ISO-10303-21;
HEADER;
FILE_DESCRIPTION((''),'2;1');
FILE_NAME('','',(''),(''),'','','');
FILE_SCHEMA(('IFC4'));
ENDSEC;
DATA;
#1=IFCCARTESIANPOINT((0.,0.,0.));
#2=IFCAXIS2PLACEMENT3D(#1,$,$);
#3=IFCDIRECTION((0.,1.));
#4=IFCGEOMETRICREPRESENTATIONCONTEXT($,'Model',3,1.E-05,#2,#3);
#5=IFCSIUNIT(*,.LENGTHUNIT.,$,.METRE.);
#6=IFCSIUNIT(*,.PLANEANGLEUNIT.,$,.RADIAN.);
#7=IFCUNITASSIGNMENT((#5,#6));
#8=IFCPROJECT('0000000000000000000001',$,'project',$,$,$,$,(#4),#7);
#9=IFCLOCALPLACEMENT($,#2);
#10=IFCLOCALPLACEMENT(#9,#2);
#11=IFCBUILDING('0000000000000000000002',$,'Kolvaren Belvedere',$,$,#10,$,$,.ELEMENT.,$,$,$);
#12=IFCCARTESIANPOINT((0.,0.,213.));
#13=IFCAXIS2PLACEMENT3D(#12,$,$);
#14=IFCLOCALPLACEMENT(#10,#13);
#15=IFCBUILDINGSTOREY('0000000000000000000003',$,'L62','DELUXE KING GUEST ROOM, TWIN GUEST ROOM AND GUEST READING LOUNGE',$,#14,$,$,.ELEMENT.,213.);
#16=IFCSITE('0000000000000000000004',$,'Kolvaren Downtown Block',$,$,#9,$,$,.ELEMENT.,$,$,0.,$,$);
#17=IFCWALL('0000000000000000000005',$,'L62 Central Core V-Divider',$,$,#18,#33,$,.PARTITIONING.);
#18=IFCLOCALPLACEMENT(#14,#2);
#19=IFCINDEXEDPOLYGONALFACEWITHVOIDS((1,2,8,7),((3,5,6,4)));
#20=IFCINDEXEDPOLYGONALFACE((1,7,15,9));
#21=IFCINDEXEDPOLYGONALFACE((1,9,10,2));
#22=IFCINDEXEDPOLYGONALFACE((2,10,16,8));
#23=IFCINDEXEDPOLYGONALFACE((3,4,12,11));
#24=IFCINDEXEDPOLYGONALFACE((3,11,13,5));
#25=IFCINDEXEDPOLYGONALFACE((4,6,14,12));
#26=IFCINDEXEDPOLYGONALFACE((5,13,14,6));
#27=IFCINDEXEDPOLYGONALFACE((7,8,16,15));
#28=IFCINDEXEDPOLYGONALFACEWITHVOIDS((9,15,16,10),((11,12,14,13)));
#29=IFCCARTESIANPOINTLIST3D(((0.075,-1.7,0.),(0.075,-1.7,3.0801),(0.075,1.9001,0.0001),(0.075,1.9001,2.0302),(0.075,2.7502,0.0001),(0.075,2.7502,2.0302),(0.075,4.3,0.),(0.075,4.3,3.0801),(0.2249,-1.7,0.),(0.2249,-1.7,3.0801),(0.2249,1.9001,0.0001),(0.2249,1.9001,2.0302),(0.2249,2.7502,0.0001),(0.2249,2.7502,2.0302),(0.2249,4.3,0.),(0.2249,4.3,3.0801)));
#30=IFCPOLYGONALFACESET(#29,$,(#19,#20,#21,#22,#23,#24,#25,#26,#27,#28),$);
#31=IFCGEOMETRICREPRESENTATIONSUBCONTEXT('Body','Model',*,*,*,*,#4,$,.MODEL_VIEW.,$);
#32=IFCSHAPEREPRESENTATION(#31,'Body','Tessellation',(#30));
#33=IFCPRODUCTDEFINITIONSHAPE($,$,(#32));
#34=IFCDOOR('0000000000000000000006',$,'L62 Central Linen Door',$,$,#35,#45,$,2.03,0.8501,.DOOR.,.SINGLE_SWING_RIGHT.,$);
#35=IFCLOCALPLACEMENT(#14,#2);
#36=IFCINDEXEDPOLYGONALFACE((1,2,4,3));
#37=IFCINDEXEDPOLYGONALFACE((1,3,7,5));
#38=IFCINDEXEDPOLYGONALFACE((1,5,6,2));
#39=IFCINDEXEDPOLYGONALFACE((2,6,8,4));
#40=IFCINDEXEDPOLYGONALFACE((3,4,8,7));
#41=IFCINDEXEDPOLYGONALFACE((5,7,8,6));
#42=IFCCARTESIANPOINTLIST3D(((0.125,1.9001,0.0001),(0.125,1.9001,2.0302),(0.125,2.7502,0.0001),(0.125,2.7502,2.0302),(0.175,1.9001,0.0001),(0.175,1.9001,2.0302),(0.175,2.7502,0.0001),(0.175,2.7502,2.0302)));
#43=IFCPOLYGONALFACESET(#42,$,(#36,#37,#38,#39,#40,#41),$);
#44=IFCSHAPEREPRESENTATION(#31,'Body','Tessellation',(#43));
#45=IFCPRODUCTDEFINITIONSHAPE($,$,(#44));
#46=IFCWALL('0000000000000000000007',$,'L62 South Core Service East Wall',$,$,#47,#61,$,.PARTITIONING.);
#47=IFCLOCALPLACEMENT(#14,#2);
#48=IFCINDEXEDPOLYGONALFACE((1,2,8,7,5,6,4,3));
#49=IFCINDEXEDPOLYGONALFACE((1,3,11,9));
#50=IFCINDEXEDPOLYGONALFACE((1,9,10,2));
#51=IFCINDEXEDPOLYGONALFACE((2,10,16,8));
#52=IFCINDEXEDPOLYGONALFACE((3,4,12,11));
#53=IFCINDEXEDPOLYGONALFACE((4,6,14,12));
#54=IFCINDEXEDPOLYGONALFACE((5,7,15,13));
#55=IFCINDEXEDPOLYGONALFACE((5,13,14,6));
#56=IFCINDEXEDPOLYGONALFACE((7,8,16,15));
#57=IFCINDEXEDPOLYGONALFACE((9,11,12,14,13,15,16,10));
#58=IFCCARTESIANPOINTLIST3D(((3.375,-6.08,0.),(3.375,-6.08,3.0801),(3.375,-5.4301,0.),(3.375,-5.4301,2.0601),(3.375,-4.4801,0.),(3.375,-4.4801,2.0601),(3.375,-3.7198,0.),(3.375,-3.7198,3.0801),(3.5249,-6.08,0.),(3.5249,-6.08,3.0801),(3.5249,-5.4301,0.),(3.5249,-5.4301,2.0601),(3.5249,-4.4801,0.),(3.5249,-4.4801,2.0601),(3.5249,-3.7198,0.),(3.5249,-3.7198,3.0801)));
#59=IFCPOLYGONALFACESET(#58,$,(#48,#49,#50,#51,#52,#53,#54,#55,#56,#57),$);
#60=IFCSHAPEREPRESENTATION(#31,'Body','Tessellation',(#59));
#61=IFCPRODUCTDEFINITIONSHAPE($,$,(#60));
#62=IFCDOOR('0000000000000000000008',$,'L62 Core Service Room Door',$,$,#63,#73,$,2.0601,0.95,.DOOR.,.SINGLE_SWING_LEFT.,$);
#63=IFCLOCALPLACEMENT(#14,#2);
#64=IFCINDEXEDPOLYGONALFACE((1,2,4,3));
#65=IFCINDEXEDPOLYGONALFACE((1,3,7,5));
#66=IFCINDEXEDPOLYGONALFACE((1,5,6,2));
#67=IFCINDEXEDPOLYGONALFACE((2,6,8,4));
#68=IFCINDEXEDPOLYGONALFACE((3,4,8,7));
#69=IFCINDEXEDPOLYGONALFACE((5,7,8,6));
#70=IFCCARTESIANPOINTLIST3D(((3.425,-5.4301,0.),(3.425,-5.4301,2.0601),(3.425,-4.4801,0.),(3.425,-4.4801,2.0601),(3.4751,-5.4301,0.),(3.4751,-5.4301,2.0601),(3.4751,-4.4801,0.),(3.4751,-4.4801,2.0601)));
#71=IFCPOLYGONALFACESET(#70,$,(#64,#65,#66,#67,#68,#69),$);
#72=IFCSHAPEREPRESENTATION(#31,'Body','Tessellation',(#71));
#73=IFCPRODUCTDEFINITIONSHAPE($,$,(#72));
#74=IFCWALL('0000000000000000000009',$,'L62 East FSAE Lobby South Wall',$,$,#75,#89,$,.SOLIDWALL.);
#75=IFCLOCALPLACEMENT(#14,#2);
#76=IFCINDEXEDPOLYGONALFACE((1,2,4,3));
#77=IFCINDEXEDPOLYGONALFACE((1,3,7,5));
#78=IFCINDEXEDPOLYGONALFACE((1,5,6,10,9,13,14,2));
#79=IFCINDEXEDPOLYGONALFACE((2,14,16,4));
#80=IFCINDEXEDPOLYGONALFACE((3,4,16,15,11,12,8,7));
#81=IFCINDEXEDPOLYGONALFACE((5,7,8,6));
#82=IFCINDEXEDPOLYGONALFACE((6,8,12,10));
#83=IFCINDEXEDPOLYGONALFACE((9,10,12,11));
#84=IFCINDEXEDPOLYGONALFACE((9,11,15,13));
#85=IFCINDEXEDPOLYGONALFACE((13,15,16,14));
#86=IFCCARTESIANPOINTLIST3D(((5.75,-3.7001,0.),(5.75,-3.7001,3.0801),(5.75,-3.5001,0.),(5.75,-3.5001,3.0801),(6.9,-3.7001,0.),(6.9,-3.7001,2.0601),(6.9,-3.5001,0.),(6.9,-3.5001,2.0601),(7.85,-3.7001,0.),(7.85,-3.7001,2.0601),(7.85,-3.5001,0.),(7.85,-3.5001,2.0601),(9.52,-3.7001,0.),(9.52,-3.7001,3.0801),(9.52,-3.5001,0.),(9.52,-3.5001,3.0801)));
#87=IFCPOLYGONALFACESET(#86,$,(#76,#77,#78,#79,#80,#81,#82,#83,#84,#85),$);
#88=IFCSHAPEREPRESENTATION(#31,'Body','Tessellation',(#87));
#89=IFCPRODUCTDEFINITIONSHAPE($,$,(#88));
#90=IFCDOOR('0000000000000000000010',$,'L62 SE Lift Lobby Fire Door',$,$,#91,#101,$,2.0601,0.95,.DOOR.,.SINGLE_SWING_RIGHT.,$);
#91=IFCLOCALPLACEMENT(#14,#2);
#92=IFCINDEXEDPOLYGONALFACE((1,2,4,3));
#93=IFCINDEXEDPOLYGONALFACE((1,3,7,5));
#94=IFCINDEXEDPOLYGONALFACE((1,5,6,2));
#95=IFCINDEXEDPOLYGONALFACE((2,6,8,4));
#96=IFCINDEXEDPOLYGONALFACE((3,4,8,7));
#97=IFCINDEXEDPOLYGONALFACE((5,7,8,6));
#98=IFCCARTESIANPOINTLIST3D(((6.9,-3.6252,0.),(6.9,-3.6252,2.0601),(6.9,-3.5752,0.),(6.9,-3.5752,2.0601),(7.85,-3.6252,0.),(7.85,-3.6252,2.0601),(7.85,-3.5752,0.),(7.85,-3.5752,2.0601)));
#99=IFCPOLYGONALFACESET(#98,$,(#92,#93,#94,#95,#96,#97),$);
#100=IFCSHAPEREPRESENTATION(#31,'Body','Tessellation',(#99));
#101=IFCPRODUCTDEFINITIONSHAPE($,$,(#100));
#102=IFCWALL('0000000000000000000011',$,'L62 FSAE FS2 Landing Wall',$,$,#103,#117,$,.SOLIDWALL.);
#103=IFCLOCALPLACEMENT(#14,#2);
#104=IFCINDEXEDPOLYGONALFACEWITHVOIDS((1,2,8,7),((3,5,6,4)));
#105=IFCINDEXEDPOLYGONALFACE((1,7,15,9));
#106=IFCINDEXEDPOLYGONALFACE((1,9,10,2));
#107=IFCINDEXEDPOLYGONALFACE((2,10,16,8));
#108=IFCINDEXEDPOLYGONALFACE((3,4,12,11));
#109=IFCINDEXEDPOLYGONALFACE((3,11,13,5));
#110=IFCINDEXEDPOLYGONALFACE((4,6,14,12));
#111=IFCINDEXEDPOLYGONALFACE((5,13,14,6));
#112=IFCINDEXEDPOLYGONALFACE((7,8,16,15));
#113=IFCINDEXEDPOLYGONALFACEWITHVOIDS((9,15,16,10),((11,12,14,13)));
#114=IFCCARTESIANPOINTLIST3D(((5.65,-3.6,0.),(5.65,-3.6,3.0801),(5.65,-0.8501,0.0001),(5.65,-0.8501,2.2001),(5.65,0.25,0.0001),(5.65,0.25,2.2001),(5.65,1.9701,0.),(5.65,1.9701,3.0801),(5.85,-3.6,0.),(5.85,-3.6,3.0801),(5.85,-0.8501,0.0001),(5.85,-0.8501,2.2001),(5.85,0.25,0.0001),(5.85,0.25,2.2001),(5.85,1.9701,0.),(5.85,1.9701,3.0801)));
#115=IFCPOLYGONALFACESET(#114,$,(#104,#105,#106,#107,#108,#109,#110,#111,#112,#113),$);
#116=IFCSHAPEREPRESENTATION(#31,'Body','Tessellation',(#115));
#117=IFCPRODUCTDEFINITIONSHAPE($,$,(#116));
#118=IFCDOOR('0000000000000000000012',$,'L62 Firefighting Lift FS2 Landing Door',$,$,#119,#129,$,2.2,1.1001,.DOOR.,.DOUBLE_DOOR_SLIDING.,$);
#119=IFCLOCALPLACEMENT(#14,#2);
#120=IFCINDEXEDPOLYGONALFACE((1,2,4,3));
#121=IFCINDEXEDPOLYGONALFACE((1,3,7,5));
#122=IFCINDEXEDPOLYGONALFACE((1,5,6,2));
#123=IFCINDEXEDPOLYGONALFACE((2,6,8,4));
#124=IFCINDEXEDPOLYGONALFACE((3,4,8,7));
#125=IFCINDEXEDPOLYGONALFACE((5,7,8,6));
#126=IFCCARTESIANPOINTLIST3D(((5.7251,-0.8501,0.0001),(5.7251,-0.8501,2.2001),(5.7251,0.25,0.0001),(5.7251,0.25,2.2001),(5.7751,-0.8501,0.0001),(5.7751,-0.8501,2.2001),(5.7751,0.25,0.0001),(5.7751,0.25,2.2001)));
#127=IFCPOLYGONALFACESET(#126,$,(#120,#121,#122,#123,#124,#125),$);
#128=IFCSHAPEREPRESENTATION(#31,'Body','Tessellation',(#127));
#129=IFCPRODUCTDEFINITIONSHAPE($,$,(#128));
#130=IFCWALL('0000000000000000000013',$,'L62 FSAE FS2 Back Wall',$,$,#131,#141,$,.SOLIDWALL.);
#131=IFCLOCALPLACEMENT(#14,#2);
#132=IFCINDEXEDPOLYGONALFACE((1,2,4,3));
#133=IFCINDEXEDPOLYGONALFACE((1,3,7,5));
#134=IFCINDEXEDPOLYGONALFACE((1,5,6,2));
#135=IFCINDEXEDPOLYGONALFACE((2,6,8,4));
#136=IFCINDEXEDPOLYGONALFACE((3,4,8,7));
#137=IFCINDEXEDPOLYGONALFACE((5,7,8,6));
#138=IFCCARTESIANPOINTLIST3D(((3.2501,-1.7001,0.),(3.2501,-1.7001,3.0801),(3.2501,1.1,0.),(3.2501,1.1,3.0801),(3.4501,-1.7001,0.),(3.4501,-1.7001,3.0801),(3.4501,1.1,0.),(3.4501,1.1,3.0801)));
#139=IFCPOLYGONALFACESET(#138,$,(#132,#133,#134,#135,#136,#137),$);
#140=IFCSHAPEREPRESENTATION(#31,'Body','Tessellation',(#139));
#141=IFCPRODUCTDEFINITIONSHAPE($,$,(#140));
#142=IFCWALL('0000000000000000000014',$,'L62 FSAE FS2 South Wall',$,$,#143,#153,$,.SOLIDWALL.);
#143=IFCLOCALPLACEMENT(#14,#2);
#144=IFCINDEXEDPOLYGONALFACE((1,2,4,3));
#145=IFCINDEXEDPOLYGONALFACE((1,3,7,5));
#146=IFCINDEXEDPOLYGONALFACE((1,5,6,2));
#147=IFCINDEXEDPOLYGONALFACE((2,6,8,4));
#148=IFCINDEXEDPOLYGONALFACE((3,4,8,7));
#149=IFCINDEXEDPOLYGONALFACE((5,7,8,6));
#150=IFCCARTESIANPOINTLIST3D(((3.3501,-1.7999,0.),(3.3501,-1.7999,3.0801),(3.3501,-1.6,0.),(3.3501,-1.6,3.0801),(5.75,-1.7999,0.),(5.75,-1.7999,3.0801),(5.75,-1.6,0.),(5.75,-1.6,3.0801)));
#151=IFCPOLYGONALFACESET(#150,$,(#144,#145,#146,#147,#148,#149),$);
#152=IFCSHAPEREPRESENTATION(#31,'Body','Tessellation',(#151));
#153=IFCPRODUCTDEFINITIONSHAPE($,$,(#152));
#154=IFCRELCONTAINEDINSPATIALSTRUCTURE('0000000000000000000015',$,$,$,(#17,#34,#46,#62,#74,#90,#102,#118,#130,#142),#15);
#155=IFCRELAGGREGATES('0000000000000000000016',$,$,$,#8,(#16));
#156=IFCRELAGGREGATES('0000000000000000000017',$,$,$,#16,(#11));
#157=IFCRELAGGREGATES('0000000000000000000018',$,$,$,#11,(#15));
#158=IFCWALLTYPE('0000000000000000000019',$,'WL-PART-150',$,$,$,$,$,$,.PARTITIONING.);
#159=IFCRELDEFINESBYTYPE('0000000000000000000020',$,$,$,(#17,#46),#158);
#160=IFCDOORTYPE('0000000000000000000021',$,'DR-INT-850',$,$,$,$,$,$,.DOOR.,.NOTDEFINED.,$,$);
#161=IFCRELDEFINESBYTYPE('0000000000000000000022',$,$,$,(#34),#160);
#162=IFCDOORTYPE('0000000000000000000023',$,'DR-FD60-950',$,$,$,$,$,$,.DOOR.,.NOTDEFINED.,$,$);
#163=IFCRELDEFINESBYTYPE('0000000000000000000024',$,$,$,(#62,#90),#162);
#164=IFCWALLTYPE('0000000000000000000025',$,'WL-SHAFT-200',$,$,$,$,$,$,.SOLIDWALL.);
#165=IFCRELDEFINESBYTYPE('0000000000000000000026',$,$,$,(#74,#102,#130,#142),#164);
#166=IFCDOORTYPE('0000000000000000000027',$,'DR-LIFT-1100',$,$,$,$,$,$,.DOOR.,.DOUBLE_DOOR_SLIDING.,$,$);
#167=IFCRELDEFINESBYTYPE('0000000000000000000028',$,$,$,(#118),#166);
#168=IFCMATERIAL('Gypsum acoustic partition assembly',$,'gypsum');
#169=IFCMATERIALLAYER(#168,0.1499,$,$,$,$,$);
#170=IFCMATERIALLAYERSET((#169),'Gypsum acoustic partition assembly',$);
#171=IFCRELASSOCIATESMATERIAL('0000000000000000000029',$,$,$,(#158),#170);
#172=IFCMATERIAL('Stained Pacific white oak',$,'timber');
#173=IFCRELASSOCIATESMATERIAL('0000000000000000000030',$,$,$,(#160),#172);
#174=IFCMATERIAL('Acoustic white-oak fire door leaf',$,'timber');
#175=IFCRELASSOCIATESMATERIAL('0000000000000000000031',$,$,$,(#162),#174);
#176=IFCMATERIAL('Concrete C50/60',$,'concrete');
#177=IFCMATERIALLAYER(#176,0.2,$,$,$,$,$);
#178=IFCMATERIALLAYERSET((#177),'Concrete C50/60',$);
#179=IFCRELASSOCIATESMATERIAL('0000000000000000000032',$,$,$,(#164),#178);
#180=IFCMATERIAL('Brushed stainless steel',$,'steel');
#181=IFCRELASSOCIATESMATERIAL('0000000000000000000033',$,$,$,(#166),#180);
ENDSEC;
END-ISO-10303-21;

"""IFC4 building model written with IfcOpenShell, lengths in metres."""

from ifc_helpers import new_model, si_unit, direction, frame, frame_2d, origin, place, context, subcontext, project, spatial, rectangle, extrude, material, layer, layer_set, type_object, element, fill, save


model = new_model("IFC4")

# Units and contexts
model_context = context("Model", 3, precision=1e-05, world=origin(), true_north=direction((0.0, 1.0)))
body_context = subcontext(model_context, "Body", "Model", "MODEL_VIEW")
ifc_project = project(units=[si_unit("LENGTHUNIT", "METRE"), si_unit("PLANEANGLEUNIT", "RADIAN")], contexts=[model_context])

# Site, building, storey
site_placement = place(None, origin())
site = spatial("IfcSite", under=ifc_project, at=site_placement, Name="Kolvaren Downtown Block", CompositionType="ELEMENT", RefElevation=0.0)
building_placement = place(site_placement, origin())
building = spatial("IfcBuilding", under=site, at=building_placement, Name="Kolvaren Belvedere", CompositionType="ELEMENT")
storey_placement = place(building_placement, frame((0.0, 0.0, 213.0)))
storey = spatial("IfcBuildingStorey", under=building, at=storey_placement, Name="L62", Description="DELUXE KING GUEST ROOM, TWIN GUEST ROOM AND GUEST READING LOUNGE", CompositionType="ELEMENT", Elevation=213.0)

# Walls, openings, doors
ifc_material_1 = material(Name="Gypsum acoustic partition assembly", Category="gypsum")
ifc_layer_1 = layer(ifc_material_1, 0.1499)
ifc_layer_set_1 = layer_set([ifc_layer_1], Name="Gypsum acoustic partition assembly")
wall_type_1 = type_object("IfcWallType", Name="WL-PART-150", PredefinedType="PARTITIONING", material=ifc_layer_set_1)
wall_1_placement = place(storey_placement, frame((0.1499, -1.7, 0.0), z_axis=(0.0, 0.0, 1.0), x_axis=(0.0, 1.0, 0.0)))
wall_1 = element("IfcWall", 1, at=wall_1_placement, inside=storey, type_object=wall_type_1, Name="L62 Central Core V-Divider", PredefinedType="PARTITIONING", context=body_context, shape_type="SweptSolid", body=[
    extrude(rectangle(XDim=6.0, YDim=0.1499, at=frame_2d((3.0, 0.0))), origin(), (0.0, 0.0, 1.0), 3.0801),
])
opening_1_placement = place(wall_1_placement, frame((3.6001, 0.0, 0.0)))
opening_1 = element("IfcOpeningElement", 2, at=opening_1_placement, cuts=wall_1, PredefinedType="OPENING", context=body_context, shape_type="SweptSolid", body=[
    extrude(rectangle(XDim=0.8501, YDim=2.03, at=frame_2d((0.425, 1.0151))), frame((0.0, 0.085, 0.0), z_axis=(0.0, -1.0, 0.0), x_axis=(1.0, 0.0, 0.0)), (0.0, 0.0, 1.0), 0.1699),
])
ifc_material_2 = material(Name="Stained Pacific white oak", Category="timber")
door_type_1 = type_object("IfcDoorType", Name="DR-INT-850", OperationType="NOTDEFINED", PredefinedType="DOOR", material=ifc_material_2)
door_1_placement = place(opening_1_placement, origin())
door_1 = element("IfcDoor", 3, at=door_1_placement, inside=storey, type_object=door_type_1, Name="L62 Central Linen Door", OperationType="SINGLE_SWING_RIGHT", OverallHeight=2.03, OverallWidth=0.8501, PredefinedType="DOOR", context=body_context, shape_type="SweptSolid", body=[
    extrude(rectangle(XDim=0.8501, YDim=2.03, at=frame_2d((0.425, 1.0151))), frame((0.0, 0.0249, 0.0), z_axis=(0.0, -1.0, 0.0), x_axis=(1.0, 0.0, 0.0)), (0.0, 0.0, 1.0), 0.05),
])
fill(opening_1, door_1)
wall_2_placement = place(storey_placement, frame((3.45, -6.0801, 0.0), z_axis=(0.0, 0.0, 1.0), x_axis=(0.0, 1.0, 0.0)))
wall_2 = element("IfcWall", 4, at=wall_2_placement, inside=storey, type_object=wall_type_1, Name="L62 South Core Service East Wall", PredefinedType="PARTITIONING", context=body_context, shape_type="SweptSolid", body=[
    extrude(rectangle(XDim=2.3601, YDim=0.1499, at=frame_2d((1.1802, 0.0))), origin(), (0.0, 0.0, 1.0), 3.0801),
])
opening_2_placement = place(wall_2_placement, frame((0.6499, 0.0, 0.0)))
opening_2 = element("IfcOpeningElement", 5, at=opening_2_placement, cuts=wall_2, PredefinedType="OPENING", context=body_context, shape_type="SweptSolid", body=[
    extrude(rectangle(XDim=0.95, YDim=2.0601, at=frame_2d((0.4751, 1.03))), frame((0.0, 0.085, 0.0), z_axis=(0.0, -1.0, 0.0), x_axis=(1.0, 0.0, 0.0)), (0.0, 0.0, 1.0), 0.1699),
])
ifc_material_3 = material(Name="Acoustic white-oak fire door leaf", Category="timber")
door_type_2 = type_object("IfcDoorType", Name="DR-FD60-950", OperationType="NOTDEFINED", PredefinedType="DOOR", material=ifc_material_3)
door_2_placement = place(opening_2_placement, origin())
door_2 = element("IfcDoor", 6, at=door_2_placement, inside=storey, type_object=door_type_2, Name="L62 Core Service Room Door", OperationType="SINGLE_SWING_LEFT", OverallHeight=2.0601, OverallWidth=0.95, PredefinedType="DOOR", context=body_context, shape_type="SweptSolid", body=[
    extrude(rectangle(XDim=0.95, YDim=2.0601, at=frame_2d((0.4751, 1.03))), frame((0.0, 0.0249, 0.0), z_axis=(0.0, -1.0, 0.0), x_axis=(1.0, 0.0, 0.0)), (0.0, 0.0, 1.0), 0.05),
])
fill(opening_2, door_2)
ifc_material_4 = material(Name="Concrete C50/60", Category="concrete")
ifc_layer_2 = layer(ifc_material_4, 0.2)
ifc_layer_set_2 = layer_set([ifc_layer_2], Name="Concrete C50/60")
wall_type_2 = type_object("IfcWallType", Name="WL-SHAFT-200", PredefinedType="SOLIDWALL", material=ifc_layer_set_2)
wall_3_placement = place(storey_placement, frame((5.75, -3.6001, 0.0), z_axis=(0.0, 0.0, 1.0), x_axis=(1.0, 0.0, 0.0)))
wall_3 = element("IfcWall", 7, at=wall_3_placement, inside=storey, type_object=wall_type_2, Name="L62 East FSAE Lobby South Wall", PredefinedType="SOLIDWALL", context=body_context, shape_type="SweptSolid", body=[
    extrude(rectangle(XDim=3.77, YDim=0.2, at=frame_2d((1.885, 0.0))), origin(), (0.0, 0.0, 1.0), 3.0801),
])
opening_3_placement = place(wall_3_placement, frame((1.1499, 0.0, 0.0)))
opening_3 = element("IfcOpeningElement", 8, at=opening_3_placement, cuts=wall_3, PredefinedType="OPENING", context=body_context, shape_type="SweptSolid", body=[
    extrude(rectangle(XDim=0.95, YDim=2.0601, at=frame_2d((0.4751, 1.03))), frame((0.0, 0.1099, 0.0), z_axis=(0.0, -1.0, 0.0), x_axis=(1.0, 0.0, 0.0)), (0.0, 0.0, 1.0), 0.22),
])
door_3_placement = place(opening_3_placement, origin())
door_3 = element("IfcDoor", 9, at=door_3_placement, inside=storey, type_object=door_type_2, Name="L62 SE Lift Lobby Fire Door", OperationType="SINGLE_SWING_RIGHT", OverallHeight=2.0601, OverallWidth=0.95, PredefinedType="DOOR", context=body_context, shape_type="SweptSolid", body=[
    extrude(rectangle(XDim=0.95, YDim=2.0601, at=frame_2d((0.4751, 1.03))), frame((0.0, 0.0249, 0.0), z_axis=(0.0, -1.0, 0.0), x_axis=(1.0, 0.0, 0.0)), (0.0, 0.0, 1.0), 0.05),
])
fill(opening_3, door_3)
wall_4_placement = place(storey_placement, frame((5.75, -3.6001, 0.0), z_axis=(0.0, 0.0, 1.0), x_axis=(0.0, 1.0, 0.0)))
wall_4 = element("IfcWall", 10, at=wall_4_placement, inside=storey, type_object=wall_type_2, Name="L62 FSAE FS2 Landing Wall", PredefinedType="SOLIDWALL", context=body_context, shape_type="SweptSolid", body=[
    extrude(rectangle(XDim=5.5701, YDim=0.2, at=frame_2d((2.7852, 0.0))), origin(), (0.0, 0.0, 1.0), 3.0801),
])
opening_4_placement = place(wall_4_placement, frame((2.75, 0.0, 0.0)))
opening_4 = element("IfcOpeningElement", 11, at=opening_4_placement, cuts=wall_4, PredefinedType="OPENING", context=body_context, shape_type="SweptSolid", body=[
    extrude(rectangle(XDim=1.1001, YDim=2.2, at=frame_2d((0.55, 1.1001))), frame((0.0, 0.1099, 0.0), z_axis=(0.0, -1.0, 0.0), x_axis=(1.0, 0.0, 0.0)), (0.0, 0.0, 1.0), 0.22),
])
ifc_material_5 = material(Name="Brushed stainless steel", Category="steel")
door_type_3 = type_object("IfcDoorType", Name="DR-LIFT-1100", OperationType="DOUBLE_DOOR_SLIDING", PredefinedType="DOOR", material=ifc_material_5)
door_4_placement = place(opening_4_placement, origin())
door_4 = element("IfcDoor", 12, at=door_4_placement, inside=storey, type_object=door_type_3, Name="L62 Firefighting Lift FS2 Landing Door", OperationType="DOUBLE_DOOR_SLIDING", OverallHeight=2.2, OverallWidth=1.1001, PredefinedType="DOOR", context=body_context, shape_type="SweptSolid", body=[
    extrude(rectangle(XDim=1.1001, YDim=2.2, at=frame_2d((0.55, 1.1001))), frame((0.0, 0.0249, 0.0), z_axis=(0.0, -1.0, 0.0), x_axis=(1.0, 0.0, 0.0)), (0.0, 0.0, 1.0), 0.05),
])
fill(opening_4, door_4)

# Walls
wall_5_placement = place(storey_placement, frame((3.3501, -1.7, 0.0), z_axis=(0.0, 0.0, 1.0), x_axis=(0.0, 1.0, 0.0)))
element("IfcWall", 13, at=wall_5_placement, inside=storey, type_object=wall_type_2, Name="L62 FSAE FS2 Back Wall", PredefinedType="SOLIDWALL", context=body_context, shape_type="SweptSolid", body=[
    extrude(rectangle(XDim=2.8, YDim=0.2, at=frame_2d((1.3999, 0.0))), origin(), (0.0, 0.0, 1.0), 3.0801),
])
wall_6_placement = place(storey_placement, frame((3.3501, -1.7, 0.0), z_axis=(0.0, 0.0, 1.0), x_axis=(1.0, 0.0, 0.0)))
element("IfcWall", 14, at=wall_6_placement, inside=storey, type_object=wall_type_2, Name="L62 FSAE FS2 South Wall", PredefinedType="SOLIDWALL", context=body_context, shape_type="SweptSolid", body=[
    extrude(rectangle(XDim=2.3999, YDim=0.2, at=frame_2d((1.2, 0.0))), origin(), (0.0, 0.0, 1.0), 3.0801),
])

save(model, "model.ifc")
